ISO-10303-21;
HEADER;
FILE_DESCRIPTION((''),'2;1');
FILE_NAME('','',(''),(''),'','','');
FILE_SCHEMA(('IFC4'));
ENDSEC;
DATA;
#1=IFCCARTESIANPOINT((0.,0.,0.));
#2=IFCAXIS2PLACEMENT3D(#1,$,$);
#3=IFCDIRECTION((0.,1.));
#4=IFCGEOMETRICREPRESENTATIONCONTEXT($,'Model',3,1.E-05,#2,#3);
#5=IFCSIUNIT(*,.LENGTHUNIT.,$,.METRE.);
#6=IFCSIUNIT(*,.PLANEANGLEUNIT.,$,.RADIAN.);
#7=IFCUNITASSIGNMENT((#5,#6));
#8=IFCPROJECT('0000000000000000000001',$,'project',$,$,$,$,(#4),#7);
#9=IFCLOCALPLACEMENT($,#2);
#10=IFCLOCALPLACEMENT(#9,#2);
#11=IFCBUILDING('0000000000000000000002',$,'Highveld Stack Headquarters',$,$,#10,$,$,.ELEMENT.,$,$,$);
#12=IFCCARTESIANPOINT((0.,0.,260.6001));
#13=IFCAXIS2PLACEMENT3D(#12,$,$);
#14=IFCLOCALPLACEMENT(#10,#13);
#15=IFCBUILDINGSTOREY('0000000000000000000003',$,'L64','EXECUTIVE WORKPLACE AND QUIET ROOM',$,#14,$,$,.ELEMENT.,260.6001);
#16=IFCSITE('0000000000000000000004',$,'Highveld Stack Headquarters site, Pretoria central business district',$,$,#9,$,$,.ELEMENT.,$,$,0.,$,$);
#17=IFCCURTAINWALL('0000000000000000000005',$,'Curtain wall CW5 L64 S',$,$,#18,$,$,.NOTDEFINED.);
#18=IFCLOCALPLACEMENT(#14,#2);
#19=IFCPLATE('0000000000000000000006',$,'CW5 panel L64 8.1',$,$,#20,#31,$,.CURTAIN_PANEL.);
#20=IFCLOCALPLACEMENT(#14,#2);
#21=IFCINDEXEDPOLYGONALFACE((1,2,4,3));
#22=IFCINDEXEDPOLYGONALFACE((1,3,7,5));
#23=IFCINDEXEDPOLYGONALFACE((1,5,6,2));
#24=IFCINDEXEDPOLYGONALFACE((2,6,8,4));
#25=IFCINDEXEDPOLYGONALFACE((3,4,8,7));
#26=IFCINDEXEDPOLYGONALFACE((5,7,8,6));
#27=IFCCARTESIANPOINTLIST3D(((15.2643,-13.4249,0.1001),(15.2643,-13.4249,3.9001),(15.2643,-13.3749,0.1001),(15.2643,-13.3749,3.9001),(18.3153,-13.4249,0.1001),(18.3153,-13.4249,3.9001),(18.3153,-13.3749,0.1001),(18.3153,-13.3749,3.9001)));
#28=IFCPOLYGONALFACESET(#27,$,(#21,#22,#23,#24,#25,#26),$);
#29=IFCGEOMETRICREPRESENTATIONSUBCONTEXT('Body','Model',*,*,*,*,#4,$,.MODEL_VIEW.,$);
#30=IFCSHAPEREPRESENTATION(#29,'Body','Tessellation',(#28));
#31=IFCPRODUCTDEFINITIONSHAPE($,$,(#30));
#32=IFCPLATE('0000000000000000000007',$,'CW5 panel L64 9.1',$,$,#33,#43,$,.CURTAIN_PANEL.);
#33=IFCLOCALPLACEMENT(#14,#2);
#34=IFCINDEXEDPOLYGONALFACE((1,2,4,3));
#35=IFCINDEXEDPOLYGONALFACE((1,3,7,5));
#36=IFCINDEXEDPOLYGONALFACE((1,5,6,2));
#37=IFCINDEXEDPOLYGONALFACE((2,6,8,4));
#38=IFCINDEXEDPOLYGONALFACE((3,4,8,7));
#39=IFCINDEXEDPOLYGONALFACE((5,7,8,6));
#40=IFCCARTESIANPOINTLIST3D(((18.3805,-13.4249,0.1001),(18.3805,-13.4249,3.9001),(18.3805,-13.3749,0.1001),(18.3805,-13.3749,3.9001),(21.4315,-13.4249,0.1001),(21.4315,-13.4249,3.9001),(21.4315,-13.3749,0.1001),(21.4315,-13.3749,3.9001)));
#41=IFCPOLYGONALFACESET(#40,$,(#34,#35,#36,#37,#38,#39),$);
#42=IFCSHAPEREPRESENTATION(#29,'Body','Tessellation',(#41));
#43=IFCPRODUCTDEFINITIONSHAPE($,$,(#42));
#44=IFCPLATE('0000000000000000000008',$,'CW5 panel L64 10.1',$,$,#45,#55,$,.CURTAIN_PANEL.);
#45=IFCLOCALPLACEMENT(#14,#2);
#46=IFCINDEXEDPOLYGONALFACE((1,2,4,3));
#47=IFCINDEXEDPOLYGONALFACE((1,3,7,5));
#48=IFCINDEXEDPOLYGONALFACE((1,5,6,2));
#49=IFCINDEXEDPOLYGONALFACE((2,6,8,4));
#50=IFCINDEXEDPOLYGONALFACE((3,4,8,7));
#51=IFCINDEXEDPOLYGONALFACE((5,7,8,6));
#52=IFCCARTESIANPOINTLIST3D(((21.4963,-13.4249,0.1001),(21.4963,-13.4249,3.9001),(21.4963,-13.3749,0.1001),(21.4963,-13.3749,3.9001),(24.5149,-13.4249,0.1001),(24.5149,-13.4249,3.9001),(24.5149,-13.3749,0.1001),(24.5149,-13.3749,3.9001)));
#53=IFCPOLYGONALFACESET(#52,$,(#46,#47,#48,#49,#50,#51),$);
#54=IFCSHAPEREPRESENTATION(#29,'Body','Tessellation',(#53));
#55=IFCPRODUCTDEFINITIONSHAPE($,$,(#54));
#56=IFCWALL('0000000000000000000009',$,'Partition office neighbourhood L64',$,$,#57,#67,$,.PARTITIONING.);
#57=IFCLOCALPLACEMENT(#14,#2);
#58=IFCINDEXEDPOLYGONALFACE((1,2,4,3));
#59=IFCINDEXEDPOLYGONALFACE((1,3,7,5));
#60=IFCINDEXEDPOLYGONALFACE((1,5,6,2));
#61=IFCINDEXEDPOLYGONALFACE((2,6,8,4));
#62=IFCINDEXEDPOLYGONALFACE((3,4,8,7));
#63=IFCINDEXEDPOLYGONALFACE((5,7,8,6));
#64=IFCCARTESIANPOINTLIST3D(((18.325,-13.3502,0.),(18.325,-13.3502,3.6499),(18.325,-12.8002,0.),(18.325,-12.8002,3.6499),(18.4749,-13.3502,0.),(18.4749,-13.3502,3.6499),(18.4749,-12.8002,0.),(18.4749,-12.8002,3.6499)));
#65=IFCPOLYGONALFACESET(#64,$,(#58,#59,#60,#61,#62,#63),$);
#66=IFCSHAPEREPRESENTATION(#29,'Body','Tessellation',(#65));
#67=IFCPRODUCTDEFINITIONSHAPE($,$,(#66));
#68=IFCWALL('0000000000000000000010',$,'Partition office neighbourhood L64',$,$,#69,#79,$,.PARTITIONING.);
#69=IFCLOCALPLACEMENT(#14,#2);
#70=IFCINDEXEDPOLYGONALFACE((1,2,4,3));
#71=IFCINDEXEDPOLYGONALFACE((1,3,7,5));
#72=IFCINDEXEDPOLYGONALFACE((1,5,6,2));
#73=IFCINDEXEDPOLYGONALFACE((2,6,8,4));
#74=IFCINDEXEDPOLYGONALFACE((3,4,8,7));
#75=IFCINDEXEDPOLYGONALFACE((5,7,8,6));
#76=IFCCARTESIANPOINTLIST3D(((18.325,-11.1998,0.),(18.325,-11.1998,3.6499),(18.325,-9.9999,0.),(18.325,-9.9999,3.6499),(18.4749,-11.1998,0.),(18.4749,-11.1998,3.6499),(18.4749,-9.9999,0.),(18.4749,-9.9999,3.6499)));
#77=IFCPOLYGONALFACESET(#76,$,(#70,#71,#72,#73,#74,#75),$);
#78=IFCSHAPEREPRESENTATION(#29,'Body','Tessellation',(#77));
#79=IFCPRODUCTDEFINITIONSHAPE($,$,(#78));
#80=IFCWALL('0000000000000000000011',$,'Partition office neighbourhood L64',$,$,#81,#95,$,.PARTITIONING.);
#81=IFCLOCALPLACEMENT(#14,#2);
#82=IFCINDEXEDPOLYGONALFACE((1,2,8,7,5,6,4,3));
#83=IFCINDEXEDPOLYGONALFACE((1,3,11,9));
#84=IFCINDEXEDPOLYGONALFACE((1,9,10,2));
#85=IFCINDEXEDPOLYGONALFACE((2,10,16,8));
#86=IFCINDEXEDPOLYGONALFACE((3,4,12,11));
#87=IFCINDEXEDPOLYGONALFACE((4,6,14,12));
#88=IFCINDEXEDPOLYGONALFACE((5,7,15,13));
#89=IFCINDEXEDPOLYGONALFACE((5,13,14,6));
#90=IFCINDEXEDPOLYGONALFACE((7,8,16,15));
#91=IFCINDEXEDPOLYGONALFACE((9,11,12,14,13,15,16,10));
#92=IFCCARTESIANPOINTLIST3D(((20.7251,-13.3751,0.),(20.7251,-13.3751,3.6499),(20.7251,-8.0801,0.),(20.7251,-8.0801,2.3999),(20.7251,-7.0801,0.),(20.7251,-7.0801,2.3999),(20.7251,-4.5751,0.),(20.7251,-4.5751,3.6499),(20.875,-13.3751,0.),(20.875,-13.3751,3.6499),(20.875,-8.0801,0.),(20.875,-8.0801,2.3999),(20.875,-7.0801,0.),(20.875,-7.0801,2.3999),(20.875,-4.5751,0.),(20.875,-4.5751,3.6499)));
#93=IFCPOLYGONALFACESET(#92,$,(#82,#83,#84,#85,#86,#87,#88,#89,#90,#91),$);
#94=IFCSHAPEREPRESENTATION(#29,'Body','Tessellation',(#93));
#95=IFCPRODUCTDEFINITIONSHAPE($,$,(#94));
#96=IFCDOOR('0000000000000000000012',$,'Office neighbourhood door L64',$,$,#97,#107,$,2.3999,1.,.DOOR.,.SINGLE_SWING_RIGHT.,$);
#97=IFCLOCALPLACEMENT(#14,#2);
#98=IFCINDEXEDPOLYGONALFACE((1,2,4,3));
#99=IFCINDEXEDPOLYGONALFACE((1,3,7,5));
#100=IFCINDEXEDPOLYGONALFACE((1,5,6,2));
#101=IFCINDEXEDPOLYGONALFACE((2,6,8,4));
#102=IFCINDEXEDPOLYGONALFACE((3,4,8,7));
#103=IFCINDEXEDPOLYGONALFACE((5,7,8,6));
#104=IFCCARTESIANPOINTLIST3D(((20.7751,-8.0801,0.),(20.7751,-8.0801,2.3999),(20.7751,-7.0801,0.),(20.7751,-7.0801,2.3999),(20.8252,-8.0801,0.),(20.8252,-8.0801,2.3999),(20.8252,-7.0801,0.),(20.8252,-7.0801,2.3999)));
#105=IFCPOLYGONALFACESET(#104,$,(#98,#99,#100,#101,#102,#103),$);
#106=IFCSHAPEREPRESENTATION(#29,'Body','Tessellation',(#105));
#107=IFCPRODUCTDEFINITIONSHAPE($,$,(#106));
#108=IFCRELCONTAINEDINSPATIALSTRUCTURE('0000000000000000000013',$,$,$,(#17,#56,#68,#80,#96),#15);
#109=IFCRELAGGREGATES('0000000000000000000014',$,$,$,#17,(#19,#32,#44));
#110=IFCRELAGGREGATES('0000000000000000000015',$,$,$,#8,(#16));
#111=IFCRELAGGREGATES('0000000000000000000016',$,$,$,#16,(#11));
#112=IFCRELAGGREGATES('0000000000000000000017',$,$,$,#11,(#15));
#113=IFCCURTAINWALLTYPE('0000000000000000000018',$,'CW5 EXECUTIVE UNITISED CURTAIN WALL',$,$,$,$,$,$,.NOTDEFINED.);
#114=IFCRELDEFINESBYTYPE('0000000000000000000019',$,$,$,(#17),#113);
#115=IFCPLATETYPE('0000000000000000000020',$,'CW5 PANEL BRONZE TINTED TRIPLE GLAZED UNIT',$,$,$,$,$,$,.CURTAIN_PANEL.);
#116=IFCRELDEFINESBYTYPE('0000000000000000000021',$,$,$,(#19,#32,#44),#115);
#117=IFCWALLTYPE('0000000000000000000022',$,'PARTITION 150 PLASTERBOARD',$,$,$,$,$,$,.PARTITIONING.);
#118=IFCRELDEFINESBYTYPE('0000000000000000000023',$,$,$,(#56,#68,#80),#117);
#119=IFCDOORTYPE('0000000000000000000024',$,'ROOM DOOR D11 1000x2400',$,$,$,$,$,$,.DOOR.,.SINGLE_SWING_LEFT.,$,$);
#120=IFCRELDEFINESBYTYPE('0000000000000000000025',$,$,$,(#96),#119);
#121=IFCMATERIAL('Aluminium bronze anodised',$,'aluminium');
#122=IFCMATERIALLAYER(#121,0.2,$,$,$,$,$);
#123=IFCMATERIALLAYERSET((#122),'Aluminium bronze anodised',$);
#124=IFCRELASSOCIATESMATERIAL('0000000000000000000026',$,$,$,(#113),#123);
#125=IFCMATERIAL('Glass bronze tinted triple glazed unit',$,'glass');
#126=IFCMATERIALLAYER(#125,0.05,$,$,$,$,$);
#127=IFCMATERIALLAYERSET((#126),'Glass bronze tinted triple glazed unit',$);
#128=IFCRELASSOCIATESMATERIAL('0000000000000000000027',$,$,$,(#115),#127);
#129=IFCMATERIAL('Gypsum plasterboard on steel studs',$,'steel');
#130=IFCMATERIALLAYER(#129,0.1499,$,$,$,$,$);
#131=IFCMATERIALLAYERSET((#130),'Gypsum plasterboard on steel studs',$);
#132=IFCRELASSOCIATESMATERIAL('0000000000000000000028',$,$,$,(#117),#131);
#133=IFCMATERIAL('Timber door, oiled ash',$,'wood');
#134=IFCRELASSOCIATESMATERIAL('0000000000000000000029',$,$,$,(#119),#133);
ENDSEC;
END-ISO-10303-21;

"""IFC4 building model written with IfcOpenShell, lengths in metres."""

from ifc_helpers import new_model, si_unit, direction, frame, frame_2d, origin, origin_2d, place, context, subcontext, project, spatial, rectangle, extrude, material, layer, layer_set, type_object, element, fill, aggregate, save


model = new_model("IFC4")

# Units and contexts
model_context = context("Model", 3, precision=1e-05, world=origin(), true_north=direction((0.0, 1.0)))
body_context = subcontext(model_context, "Body", "Model", "MODEL_VIEW")
ifc_project = project(units=[si_unit("LENGTHUNIT", "METRE"), si_unit("PLANEANGLEUNIT", "RADIAN")], contexts=[model_context])

# Site, building, storey
site_placement = place(None, origin())
site = spatial("IfcSite", under=ifc_project, at=site_placement, Name="Highveld Stack Headquarters site, Pretoria central business district", CompositionType="ELEMENT", RefElevation=0.0)
building_placement = place(site_placement, origin())
building = spatial("IfcBuilding", under=site, at=building_placement, Name="Highveld Stack Headquarters", CompositionType="ELEMENT")
storey_placement = place(building_placement, frame((0.0, 0.0, 260.6001)))
storey = spatial("IfcBuildingStorey", under=building, at=storey_placement, Name="L64", Description="EXECUTIVE WORKPLACE AND QUIET ROOM", CompositionType="ELEMENT", Elevation=260.6001)

# Curtain wall, plates
ifc_material_1 = material(Name="Aluminium bronze anodised", Category="aluminium")
ifc_layer_1 = layer(ifc_material_1, 0.2)
ifc_layer_set_1 = layer_set([ifc_layer_1], Name="Aluminium bronze anodised")
curtain_wall_type = type_object("IfcCurtainWallType", Name="CW5 EXECUTIVE UNITISED CURTAIN WALL", PredefinedType="NOTDEFINED", material=ifc_layer_set_1)
curtain_wall_placement = place(storey_placement, origin())
curtain_wall = element("IfcCurtainWall", 1, at=curtain_wall_placement, inside=storey, type_object=curtain_wall_type, Name="Curtain wall CW5 L64 S", PredefinedType="NOTDEFINED")
ifc_material_2 = material(Name="Glass bronze tinted triple glazed unit", Category="glass")
ifc_layer_2 = layer(ifc_material_2, 0.05)
ifc_layer_set_2 = layer_set([ifc_layer_2], Name="Glass bronze tinted triple glazed unit")
plate_type = type_object("IfcPlateType", Name="CW5 PANEL BRONZE TINTED TRIPLE GLAZED UNIT", PredefinedType="CURTAIN_PANEL", material=ifc_layer_set_2)
plate_1_placement = place(storey_placement, frame((16.7898, -13.3999, 0.1001), z_axis=(0.0, 0.0, 1.0), x_axis=(1.0, 0.0, 0.0)))
plate_1 = element("IfcPlate", 2, at=plate_1_placement, type_object=plate_type, Name="CW5 panel L64 8.1", PredefinedType="CURTAIN_PANEL", context=body_context, shape_type="SweptSolid", body=[
    extrude(rectangle(XDim=3.051, YDim=0.05, at=origin_2d()), origin(), (0.0, 0.0, 1.0), 3.8),
])
plate_2_placement = place(storey_placement, frame((19.906, -13.3999, 0.1001), z_axis=(0.0, 0.0, 1.0), x_axis=(1.0, 0.0, 0.0)))
plate_2 = element("IfcPlate", 3, at=plate_2_placement, type_object=plate_type, Name="CW5 panel L64 9.1", PredefinedType="CURTAIN_PANEL", context=body_context, shape_type="SweptSolid", body=[
    extrude(rectangle(XDim=3.051, YDim=0.05, at=origin_2d()), origin(), (0.0, 0.0, 1.0), 3.8),
])
plate_3_placement = place(storey_placement, frame((23.0056, -13.3999, 0.1001), z_axis=(0.0, 0.0, 1.0), x_axis=(1.0, 0.0, 0.0)))
plate_3 = element("IfcPlate", 4, at=plate_3_placement, type_object=plate_type, Name="CW5 panel L64 10.1", PredefinedType="CURTAIN_PANEL", context=body_context, shape_type="SweptSolid", body=[
    extrude(rectangle(XDim=3.0186, YDim=0.05, at=origin_2d()), origin(), (0.0, 0.0, 1.0), 3.8),
])
aggregate(curtain_wall, [plate_1, plate_2, plate_3])

# Walls
ifc_material_3 = material(Name="Gypsum plasterboard on steel studs", Category="steel")
ifc_layer_3 = layer(ifc_material_3, 0.1499)
ifc_layer_set_3 = layer_set([ifc_layer_3], Name="Gypsum plasterboard on steel studs")
wall_type = type_object("IfcWallType", Name="PARTITION 150 PLASTERBOARD", PredefinedType="PARTITIONING", material=ifc_layer_set_3)
wall_1_placement = place(storey_placement, frame((18.3999, -13.3501, 0.0), z_axis=(0.0, 0.0, 1.0), x_axis=(0.0, 1.0, 0.0)))
element("IfcWall", 5, at=wall_1_placement, inside=storey, type_object=wall_type, Name="Partition office neighbourhood L64", PredefinedType="PARTITIONING", context=body_context, shape_type="SweptSolid", body=[
    extrude(rectangle(XDim=0.55, YDim=0.1499, at=frame_2d((0.2749, 0.0))), origin(), (0.0, 0.0, 1.0), 3.6499),
])
wall_2_placement = place(storey_placement, frame((18.3999, -11.2, 0.0), z_axis=(0.0, 0.0, 1.0), x_axis=(0.0, 1.0, 0.0)))
element("IfcWall", 6, at=wall_2_placement, inside=storey, type_object=wall_type, Name="Partition office neighbourhood L64", PredefinedType="PARTITIONING", context=body_context, shape_type="SweptSolid", body=[
    extrude(rectangle(XDim=1.2, YDim=0.1499, at=frame_2d((0.6001, 0.0))), origin(), (0.0, 0.0, 1.0), 3.6499),
])

# Wall, opening, door
wall_3_placement = place(storey_placement, frame((20.8, -13.375, 0.0), z_axis=(0.0, 0.0, 1.0), x_axis=(0.0, 1.0, 0.0)))
wall_3 = element("IfcWall", 7, at=wall_3_placement, inside=storey, type_object=wall_type, Name="Partition office neighbourhood L64", PredefinedType="PARTITIONING", context=body_context, shape_type="SweptSolid", body=[
    extrude(rectangle(XDim=8.8, YDim=0.1499, at=frame_2d((4.3999, 0.0))), origin(), (0.0, 0.0, 1.0), 3.6499),
])
opening_placement = place(wall_3_placement, frame((5.2949, 0.0, 0.0)))
opening = element("IfcOpeningElement", 8, at=opening_placement, cuts=wall_3, PredefinedType="OPENING", context=body_context, shape_type="SweptSolid", body=[
    extrude(rectangle(XDim=1.0, YDim=2.3999, at=frame_2d((0.5, 1.2))), frame((0.0, 0.085, 0.0), z_axis=(0.0, -1.0, 0.0), x_axis=(1.0, 0.0, 0.0)), (0.0, 0.0, 1.0), 0.1699),
])
ifc_material_4 = material(Name="Timber door, oiled ash", Category="wood")
door_type = type_object("IfcDoorType", Name="ROOM DOOR D11 1000x2400", OperationType="SINGLE_SWING_LEFT", PredefinedType="DOOR", material=ifc_material_4)
door_placement = place(opening_placement, origin())
door = element("IfcDoor", 9, at=door_placement, inside=storey, type_object=door_type, Name="Office neighbourhood door L64", OperationType="SINGLE_SWING_RIGHT", OverallHeight=2.3999, OverallWidth=1.0, PredefinedType="DOOR", context=body_context, shape_type="SweptSolid", body=[
    extrude(rectangle(XDim=1.0, YDim=2.3999, at=frame_2d((0.5, 1.2))), frame((0.0, 0.0249, 0.0), z_axis=(0.0, -1.0, 0.0), x_axis=(1.0, 0.0, 0.0)), (0.0, 0.0, 1.0), 0.05),
])
fill(opening, door)

save(model, "model.ifc")
